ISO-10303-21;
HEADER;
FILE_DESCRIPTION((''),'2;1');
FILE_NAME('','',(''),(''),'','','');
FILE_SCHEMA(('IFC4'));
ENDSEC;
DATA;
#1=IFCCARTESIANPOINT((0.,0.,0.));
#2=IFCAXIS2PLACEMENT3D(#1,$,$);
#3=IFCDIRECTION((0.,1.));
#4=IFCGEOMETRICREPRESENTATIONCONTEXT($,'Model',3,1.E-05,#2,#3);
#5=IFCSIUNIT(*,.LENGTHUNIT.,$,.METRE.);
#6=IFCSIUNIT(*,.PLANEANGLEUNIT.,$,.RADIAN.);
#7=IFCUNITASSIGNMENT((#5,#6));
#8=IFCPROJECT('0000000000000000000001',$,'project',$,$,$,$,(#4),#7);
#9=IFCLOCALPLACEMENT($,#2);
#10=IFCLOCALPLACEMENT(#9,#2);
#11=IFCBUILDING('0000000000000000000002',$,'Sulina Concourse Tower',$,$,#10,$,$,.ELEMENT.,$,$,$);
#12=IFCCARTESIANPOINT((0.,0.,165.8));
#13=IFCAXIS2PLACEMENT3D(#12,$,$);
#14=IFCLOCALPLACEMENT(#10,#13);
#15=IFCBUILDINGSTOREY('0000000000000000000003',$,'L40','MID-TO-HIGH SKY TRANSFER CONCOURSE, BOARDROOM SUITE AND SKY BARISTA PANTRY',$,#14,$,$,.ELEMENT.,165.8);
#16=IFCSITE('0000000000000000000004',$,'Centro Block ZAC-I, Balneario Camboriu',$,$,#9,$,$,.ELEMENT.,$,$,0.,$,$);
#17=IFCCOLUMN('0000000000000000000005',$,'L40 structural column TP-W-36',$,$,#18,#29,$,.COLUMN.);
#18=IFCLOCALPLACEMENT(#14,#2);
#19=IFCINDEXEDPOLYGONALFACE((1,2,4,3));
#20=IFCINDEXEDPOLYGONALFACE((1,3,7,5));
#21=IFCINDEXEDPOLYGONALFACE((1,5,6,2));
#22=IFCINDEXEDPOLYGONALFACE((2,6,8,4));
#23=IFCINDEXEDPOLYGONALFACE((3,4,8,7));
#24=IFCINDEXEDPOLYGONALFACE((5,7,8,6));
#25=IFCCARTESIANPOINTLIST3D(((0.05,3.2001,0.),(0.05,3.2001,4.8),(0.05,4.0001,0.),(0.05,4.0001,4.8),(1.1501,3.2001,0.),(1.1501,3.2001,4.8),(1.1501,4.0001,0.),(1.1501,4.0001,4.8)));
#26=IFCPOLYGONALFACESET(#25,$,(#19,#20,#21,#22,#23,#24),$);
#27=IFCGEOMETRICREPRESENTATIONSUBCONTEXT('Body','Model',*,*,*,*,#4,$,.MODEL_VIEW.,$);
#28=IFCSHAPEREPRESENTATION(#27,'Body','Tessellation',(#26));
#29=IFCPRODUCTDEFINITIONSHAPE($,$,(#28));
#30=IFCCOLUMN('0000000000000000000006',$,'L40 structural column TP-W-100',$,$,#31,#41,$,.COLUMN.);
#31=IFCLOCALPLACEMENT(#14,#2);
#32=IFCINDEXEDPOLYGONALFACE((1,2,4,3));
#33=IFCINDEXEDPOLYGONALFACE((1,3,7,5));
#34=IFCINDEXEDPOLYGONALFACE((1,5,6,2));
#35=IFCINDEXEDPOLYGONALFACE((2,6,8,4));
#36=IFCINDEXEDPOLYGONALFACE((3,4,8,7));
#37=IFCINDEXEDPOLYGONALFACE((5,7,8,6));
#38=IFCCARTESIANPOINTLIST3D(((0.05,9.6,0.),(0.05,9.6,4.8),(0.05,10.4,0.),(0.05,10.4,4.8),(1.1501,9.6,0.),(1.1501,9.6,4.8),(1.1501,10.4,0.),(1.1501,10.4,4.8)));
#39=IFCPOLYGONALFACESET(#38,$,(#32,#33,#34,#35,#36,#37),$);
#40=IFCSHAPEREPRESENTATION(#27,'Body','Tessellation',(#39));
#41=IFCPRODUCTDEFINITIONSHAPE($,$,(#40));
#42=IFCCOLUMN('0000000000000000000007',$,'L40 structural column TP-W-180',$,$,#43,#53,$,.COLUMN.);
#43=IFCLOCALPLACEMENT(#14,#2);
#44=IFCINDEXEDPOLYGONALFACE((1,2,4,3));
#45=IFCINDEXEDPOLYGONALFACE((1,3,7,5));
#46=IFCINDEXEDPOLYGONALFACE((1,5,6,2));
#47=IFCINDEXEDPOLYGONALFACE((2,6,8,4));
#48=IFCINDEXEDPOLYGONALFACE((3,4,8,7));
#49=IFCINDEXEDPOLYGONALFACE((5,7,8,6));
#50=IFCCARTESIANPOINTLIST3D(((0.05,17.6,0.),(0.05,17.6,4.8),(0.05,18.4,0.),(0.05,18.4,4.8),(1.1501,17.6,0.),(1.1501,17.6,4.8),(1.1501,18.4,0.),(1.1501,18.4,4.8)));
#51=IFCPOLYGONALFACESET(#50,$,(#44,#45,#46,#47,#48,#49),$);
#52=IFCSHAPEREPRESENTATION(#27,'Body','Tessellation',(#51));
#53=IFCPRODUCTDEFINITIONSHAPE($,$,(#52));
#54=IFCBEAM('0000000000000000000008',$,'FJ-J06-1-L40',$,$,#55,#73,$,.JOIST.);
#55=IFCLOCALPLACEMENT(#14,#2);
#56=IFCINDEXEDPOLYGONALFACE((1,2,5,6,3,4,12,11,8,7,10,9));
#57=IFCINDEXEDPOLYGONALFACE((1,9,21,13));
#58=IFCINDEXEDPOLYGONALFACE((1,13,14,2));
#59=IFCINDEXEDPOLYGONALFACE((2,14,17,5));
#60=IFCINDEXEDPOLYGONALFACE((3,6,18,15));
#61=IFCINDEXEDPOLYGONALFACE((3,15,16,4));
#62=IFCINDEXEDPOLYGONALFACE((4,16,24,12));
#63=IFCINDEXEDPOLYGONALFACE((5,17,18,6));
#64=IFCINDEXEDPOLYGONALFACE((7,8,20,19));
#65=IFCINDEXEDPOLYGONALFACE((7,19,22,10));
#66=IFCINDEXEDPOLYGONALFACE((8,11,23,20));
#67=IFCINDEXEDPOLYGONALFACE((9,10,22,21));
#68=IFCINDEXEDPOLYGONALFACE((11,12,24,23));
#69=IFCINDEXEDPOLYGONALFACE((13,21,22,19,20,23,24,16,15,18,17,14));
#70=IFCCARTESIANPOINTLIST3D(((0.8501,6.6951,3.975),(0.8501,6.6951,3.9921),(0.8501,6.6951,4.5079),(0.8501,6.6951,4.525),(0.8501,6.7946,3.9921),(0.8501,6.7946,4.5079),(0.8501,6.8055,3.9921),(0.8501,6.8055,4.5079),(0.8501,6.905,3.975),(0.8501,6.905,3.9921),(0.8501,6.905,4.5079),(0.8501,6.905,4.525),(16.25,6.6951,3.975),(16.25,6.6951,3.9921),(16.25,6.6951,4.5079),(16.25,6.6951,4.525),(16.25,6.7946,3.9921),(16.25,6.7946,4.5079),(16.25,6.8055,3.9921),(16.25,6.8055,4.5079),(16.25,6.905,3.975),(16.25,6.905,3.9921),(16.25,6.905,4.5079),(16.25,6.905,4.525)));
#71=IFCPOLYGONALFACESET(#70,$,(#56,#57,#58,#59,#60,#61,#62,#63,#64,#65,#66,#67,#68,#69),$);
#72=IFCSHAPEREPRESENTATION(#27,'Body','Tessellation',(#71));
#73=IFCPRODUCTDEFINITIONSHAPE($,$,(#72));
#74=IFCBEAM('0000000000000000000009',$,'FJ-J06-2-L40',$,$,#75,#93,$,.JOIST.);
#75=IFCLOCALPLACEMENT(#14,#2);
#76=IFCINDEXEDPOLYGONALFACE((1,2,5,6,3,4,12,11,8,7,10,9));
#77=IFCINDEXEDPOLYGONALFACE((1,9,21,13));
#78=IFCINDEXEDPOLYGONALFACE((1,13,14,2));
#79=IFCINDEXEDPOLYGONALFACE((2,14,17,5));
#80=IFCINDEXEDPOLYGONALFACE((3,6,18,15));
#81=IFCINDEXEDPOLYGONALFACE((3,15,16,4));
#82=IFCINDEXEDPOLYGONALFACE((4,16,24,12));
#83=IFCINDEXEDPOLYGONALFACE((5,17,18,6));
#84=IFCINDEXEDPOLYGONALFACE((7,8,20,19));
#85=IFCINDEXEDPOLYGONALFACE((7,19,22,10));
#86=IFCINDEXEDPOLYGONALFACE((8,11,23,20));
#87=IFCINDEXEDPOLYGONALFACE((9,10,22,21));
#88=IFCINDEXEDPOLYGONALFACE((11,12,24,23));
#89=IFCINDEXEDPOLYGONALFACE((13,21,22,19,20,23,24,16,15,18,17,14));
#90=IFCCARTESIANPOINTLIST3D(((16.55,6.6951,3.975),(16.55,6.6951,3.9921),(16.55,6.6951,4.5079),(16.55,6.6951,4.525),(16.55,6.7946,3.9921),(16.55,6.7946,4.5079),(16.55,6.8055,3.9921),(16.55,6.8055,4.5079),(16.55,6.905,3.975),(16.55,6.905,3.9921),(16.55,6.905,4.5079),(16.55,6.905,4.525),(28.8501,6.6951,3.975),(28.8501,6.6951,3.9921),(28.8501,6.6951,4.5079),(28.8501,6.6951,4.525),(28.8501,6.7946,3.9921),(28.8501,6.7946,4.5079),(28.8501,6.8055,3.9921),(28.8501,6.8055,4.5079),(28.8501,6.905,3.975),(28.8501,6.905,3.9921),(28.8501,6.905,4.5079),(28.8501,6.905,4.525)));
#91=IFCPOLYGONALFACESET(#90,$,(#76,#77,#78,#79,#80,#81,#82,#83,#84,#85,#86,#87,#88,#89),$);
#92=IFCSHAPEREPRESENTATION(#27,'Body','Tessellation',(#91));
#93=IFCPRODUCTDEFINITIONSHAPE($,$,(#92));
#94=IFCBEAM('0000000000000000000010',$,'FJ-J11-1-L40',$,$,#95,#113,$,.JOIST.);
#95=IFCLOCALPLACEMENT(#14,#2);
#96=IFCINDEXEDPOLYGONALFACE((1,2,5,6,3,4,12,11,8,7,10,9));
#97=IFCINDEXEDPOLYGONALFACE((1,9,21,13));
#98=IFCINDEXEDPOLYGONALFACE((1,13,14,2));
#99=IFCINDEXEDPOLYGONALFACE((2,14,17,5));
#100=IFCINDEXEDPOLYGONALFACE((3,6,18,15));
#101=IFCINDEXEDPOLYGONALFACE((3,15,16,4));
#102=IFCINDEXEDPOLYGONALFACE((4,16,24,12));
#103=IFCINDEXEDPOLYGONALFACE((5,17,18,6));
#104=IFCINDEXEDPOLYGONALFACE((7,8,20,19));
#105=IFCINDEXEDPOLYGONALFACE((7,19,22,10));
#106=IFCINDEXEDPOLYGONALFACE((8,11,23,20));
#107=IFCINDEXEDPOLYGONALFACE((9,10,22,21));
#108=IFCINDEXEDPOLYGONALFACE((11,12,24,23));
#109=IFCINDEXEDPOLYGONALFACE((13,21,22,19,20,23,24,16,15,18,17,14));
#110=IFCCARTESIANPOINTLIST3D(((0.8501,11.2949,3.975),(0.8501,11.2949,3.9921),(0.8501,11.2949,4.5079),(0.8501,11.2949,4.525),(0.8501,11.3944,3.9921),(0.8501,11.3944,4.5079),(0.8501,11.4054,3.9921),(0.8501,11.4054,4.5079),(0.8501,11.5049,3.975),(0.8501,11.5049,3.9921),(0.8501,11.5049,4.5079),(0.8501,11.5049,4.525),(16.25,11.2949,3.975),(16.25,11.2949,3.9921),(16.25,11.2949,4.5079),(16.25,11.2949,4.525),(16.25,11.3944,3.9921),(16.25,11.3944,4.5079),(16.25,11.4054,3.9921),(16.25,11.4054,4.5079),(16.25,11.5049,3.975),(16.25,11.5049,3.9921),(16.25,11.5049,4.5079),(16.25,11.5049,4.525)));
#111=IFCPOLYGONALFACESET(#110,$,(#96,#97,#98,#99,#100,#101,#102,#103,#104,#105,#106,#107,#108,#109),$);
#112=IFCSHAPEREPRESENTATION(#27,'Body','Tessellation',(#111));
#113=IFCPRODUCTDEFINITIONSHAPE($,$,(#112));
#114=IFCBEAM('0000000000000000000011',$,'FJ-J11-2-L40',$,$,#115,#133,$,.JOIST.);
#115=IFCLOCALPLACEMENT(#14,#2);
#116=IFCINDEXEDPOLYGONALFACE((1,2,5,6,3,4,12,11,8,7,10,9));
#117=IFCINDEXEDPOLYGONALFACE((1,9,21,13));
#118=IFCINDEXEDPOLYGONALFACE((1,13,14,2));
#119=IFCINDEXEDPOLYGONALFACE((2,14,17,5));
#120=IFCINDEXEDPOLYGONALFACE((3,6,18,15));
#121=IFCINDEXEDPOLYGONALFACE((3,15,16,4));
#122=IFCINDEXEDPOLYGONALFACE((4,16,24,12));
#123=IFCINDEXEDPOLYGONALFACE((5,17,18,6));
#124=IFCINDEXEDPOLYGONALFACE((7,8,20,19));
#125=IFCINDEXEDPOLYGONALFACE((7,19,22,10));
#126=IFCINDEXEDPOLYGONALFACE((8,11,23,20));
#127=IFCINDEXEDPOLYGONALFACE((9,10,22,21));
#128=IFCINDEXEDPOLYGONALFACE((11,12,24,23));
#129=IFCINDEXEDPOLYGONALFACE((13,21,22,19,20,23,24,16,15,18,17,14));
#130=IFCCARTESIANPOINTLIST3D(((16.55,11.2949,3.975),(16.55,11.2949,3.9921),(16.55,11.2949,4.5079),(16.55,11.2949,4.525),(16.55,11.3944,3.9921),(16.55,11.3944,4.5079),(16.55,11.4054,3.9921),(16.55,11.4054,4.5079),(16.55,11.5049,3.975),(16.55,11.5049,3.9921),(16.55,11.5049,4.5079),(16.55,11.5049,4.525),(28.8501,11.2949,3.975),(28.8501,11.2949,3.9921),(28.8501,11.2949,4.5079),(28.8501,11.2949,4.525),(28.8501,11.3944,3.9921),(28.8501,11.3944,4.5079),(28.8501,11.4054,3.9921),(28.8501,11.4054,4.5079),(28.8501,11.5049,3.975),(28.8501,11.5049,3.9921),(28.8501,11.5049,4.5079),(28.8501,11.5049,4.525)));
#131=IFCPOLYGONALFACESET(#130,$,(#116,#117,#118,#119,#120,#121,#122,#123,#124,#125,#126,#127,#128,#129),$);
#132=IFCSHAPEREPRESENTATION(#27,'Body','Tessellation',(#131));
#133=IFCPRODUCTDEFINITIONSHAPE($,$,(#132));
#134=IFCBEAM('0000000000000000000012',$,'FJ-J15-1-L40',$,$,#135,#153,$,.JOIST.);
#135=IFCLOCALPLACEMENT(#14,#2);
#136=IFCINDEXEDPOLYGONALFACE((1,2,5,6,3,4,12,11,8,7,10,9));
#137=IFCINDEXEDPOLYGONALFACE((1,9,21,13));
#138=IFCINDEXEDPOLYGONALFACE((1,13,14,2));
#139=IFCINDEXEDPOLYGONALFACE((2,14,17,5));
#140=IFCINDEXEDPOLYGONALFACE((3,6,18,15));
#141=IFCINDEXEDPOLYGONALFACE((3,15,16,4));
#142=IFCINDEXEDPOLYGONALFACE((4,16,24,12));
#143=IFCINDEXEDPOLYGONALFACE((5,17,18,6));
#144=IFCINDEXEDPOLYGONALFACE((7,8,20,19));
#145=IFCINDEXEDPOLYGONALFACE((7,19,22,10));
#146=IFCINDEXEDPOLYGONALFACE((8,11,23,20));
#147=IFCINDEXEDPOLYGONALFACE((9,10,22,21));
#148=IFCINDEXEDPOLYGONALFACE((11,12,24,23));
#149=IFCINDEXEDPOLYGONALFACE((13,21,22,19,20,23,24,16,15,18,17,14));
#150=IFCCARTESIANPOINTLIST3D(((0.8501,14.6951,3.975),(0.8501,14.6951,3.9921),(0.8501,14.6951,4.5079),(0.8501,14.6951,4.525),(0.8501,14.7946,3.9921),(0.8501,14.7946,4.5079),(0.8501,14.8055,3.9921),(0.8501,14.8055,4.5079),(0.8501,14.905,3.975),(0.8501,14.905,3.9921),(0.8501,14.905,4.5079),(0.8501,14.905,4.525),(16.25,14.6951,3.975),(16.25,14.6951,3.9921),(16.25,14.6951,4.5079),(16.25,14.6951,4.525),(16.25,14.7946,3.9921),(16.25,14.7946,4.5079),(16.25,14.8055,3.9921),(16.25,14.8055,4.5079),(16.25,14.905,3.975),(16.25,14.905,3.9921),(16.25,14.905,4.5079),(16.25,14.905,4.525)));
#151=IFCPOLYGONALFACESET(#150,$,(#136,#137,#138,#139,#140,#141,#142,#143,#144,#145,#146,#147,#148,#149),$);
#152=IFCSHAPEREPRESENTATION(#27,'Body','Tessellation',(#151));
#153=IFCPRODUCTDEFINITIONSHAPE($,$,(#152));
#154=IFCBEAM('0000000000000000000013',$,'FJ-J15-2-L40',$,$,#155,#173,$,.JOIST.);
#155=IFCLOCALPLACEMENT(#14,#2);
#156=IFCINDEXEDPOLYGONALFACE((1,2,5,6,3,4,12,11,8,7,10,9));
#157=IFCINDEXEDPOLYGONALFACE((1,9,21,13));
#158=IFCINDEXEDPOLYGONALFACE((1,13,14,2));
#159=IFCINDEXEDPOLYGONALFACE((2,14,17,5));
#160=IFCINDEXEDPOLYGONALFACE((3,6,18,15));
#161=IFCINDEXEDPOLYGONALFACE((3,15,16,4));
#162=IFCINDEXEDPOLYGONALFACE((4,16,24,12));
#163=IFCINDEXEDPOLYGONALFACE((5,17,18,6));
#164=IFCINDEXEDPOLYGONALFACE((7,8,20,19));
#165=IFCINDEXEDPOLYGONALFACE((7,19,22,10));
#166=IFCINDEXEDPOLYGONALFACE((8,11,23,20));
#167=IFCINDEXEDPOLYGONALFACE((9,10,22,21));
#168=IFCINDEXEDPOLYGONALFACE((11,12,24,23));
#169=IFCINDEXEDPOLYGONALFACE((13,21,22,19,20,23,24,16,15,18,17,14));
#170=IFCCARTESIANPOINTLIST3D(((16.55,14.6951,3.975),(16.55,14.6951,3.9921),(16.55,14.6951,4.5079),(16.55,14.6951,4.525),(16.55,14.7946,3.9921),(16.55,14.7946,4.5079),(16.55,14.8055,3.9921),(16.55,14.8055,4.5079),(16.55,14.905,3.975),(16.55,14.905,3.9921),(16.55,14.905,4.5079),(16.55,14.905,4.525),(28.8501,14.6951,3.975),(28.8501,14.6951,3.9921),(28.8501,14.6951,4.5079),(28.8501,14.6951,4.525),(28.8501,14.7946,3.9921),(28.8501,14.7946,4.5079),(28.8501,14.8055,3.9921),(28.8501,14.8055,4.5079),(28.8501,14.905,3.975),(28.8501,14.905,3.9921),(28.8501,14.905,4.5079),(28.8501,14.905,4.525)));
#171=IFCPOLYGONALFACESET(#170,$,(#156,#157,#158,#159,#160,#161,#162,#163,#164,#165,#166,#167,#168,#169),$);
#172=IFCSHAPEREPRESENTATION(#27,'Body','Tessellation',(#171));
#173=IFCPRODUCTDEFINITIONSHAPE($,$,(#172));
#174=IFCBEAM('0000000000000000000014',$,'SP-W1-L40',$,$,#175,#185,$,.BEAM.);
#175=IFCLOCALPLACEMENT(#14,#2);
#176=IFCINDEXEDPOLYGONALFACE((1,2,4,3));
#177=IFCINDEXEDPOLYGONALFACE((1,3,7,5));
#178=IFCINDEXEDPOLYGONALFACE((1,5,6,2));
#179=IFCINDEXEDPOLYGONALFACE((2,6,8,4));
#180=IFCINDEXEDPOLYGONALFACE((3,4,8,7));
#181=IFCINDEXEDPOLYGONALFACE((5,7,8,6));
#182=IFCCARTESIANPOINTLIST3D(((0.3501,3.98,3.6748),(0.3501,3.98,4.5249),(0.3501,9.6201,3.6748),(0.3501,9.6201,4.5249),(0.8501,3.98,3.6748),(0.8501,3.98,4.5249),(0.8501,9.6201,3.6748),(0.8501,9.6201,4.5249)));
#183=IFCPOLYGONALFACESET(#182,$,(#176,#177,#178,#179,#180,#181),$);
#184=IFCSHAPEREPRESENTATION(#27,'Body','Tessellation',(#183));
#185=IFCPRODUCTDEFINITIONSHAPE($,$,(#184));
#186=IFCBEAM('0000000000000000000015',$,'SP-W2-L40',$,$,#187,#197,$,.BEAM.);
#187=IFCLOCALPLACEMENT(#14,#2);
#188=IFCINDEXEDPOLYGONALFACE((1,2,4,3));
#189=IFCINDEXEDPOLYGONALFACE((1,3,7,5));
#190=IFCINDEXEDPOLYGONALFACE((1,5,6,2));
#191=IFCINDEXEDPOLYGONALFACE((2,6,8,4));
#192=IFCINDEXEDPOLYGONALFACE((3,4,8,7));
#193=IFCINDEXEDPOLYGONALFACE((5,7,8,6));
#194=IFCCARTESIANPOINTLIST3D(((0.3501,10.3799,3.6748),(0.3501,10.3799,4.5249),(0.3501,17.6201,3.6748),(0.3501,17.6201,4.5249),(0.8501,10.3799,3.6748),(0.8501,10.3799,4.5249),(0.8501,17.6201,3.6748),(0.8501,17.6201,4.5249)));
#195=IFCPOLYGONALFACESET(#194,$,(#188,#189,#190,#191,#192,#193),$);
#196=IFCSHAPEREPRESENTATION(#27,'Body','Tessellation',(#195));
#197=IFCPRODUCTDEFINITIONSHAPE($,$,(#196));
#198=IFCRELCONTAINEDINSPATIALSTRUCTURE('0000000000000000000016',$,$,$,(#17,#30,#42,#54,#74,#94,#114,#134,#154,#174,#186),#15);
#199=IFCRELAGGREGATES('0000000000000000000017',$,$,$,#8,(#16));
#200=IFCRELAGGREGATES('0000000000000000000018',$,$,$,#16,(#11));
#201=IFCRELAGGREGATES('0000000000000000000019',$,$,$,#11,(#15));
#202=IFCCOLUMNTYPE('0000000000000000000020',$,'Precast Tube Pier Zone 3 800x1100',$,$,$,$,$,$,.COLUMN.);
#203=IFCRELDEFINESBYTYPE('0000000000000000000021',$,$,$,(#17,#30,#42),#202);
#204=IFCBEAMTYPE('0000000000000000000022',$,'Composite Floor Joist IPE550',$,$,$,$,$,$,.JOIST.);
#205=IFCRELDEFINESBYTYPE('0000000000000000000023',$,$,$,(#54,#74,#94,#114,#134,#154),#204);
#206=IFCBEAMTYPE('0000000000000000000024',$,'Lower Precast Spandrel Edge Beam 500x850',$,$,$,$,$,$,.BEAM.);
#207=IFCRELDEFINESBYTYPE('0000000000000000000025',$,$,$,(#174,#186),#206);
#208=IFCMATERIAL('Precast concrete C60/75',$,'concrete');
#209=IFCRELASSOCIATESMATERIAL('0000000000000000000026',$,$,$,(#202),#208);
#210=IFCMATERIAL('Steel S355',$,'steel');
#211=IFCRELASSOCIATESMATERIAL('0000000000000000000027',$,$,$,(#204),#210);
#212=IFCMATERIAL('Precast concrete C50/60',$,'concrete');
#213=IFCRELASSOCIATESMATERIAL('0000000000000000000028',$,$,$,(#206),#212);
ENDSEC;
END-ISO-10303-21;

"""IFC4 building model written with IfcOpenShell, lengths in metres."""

from ifc_helpers import new_model, si_unit, direction, frame, origin, origin_2d, place, context, subcontext, project, spatial, rectangle, i_section, extrude, material, material_profile, profile_set, type_object, element, save


model = new_model("IFC4")

# Units and contexts
model_context = context("Model", 3, precision=1e-05, world=origin(), true_north=direction((0.0, 1.0)))
body_context = subcontext(model_context, "Body", "Model", "MODEL_VIEW")
ifc_project = project(units=[si_unit("LENGTHUNIT", "METRE"), si_unit("PLANEANGLEUNIT", "RADIAN")], contexts=[model_context])

# Site, building, storey
site_placement = place(None, origin())
site = spatial("IfcSite", under=ifc_project, at=site_placement, Name="Centro Block ZAC-I, Balneario Camboriu", CompositionType="ELEMENT", RefElevation=0.0)
building_placement = place(site_placement, origin())
building = spatial("IfcBuilding", under=site, at=building_placement, Name="Sulina Concourse Tower", CompositionType="ELEMENT")
storey_placement = place(building_placement, frame((0.0, 0.0, 165.8)))
storey = spatial("IfcBuildingStorey", under=building, at=storey_placement, Name="L40", Description="MID-TO-HIGH SKY TRANSFER CONCOURSE, BOARDROOM SUITE AND SKY BARISTA PANTRY", CompositionType="ELEMENT", Elevation=165.8)

# Columns
ifc_material_1 = material(Name="Precast concrete C60/75", Category="concrete")
ifc_material_profile_1 = material_profile(ifc_material_1, rectangle(XDim=0.8, YDim=1.1001, at=origin_2d()), Name="PC 800x1100")
ifc_profile_set_1 = profile_set([ifc_material_profile_1], Name="Precast concrete C60/75")
column_type = type_object("IfcColumnType", Name="Precast Tube Pier Zone 3 800x1100", PredefinedType="COLUMN", material=ifc_profile_set_1)
for number, where, z_axis, x_axis, name in (
    (1, (0.6001, 3.6001, 0.0), (0.0, 0.0, 1.0), (0.0, 1.0, 0.0), "L40 structural column TP-W-36"),
    (2, (0.6001, 10.0, 0.0), (0.0, 0.0, 1.0), (0.0, 1.0, 0.0), "L40 structural column TP-W-100"),
    (3, (0.6001, 18.0, 0.0), (0.0, 0.0, 1.0), (0.0, 1.0, 0.0), "L40 structural column TP-W-180"),
):
    element("IfcColumn", number, at=place(storey_placement, frame(where, z_axis=z_axis, x_axis=x_axis)), inside=storey, type_object=column_type, Name=name, PredefinedType="COLUMN", context=body_context, shape_type="SweptSolid", body=[
        extrude(rectangle(XDim=0.8, YDim=1.1001, at=origin_2d()), origin(), (0.0, 0.0, 1.0), 4.8),
    ])

# Beams
ifc_material_2 = material(Name="Steel S355", Category="steel")
ifc_material_profile_2 = material_profile(ifc_material_2, i_section(OverallWidth=0.21, OverallDepth=0.55, WebThickness=0.011, FlangeThickness=0.0171, at=origin_2d()), Name="IPE 550")
ifc_profile_set_2 = profile_set([ifc_material_profile_2], Name="Steel S355")
beam_type_1 = type_object("IfcBeamType", Name="Composite Floor Joist IPE550", PredefinedType="JOIST", material=ifc_profile_set_2)
beam_1_placement = place(storey_placement, frame((0.8501, 6.8, 4.25), z_axis=(1.0, 0.0, 0.0), x_axis=(0.0, 1.0, 0.0)))
element("IfcBeam", 4, at=beam_1_placement, inside=storey, type_object=beam_type_1, Name="FJ-J06-1-L40", PredefinedType="JOIST", context=body_context, shape_type="SweptSolid", body=[
    extrude(i_section(OverallWidth=0.21, OverallDepth=0.55, WebThickness=0.011, FlangeThickness=0.0171, at=origin_2d()), origin(), (0.0, 0.0, 1.0), 15.3999),
])
beam_2_placement = place(storey_placement, frame((16.55, 6.8, 4.25), z_axis=(1.0, 0.0, 0.0), x_axis=(0.0, 1.0, 0.0)))
element("IfcBeam", 5, at=beam_2_placement, inside=storey, type_object=beam_type_1, Name="FJ-J06-2-L40", PredefinedType="JOIST", context=body_context, shape_type="SweptSolid", body=[
    extrude(i_section(OverallWidth=0.21, OverallDepth=0.55, WebThickness=0.011, FlangeThickness=0.0171, at=origin_2d()), origin(), (0.0, 0.0, 1.0), 12.3),
])
beam_3_placement = place(storey_placement, frame((0.8501, 11.3999, 4.25), z_axis=(1.0, 0.0, 0.0), x_axis=(0.0, 1.0, 0.0)))
element("IfcBeam", 6, at=beam_3_placement, inside=storey, type_object=beam_type_1, Name="FJ-J11-1-L40", PredefinedType="JOIST", context=body_context, shape_type="SweptSolid", body=[
    extrude(i_section(OverallWidth=0.21, OverallDepth=0.55, WebThickness=0.011, FlangeThickness=0.0171, at=origin_2d()), origin(), (0.0, 0.0, 1.0), 15.3999),
])
beam_4_placement = place(storey_placement, frame((16.55, 11.3999, 4.25), z_axis=(1.0, 0.0, 0.0), x_axis=(0.0, 1.0, 0.0)))
element("IfcBeam", 7, at=beam_4_placement, inside=storey, type_object=beam_type_1, Name="FJ-J11-2-L40", PredefinedType="JOIST", context=body_context, shape_type="SweptSolid", body=[
    extrude(i_section(OverallWidth=0.21, OverallDepth=0.55, WebThickness=0.011, FlangeThickness=0.0171, at=origin_2d()), origin(), (0.0, 0.0, 1.0), 12.3),
])
beam_5_placement = place(storey_placement, frame((0.8501, 14.8, 4.25), z_axis=(1.0, 0.0, 0.0), x_axis=(0.0, 1.0, 0.0)))
element("IfcBeam", 8, at=beam_5_placement, inside=storey, type_object=beam_type_1, Name="FJ-J15-1-L40", PredefinedType="JOIST", context=body_context, shape_type="SweptSolid", body=[
    extrude(i_section(OverallWidth=0.21, OverallDepth=0.55, WebThickness=0.011, FlangeThickness=0.0171, at=origin_2d()), origin(), (0.0, 0.0, 1.0), 15.3999),
])
beam_6_placement = place(storey_placement, frame((16.55, 14.8, 4.25), z_axis=(1.0, 0.0, 0.0), x_axis=(0.0, 1.0, 0.0)))
element("IfcBeam", 9, at=beam_6_placement, inside=storey, type_object=beam_type_1, Name="FJ-J15-2-L40", PredefinedType="JOIST", context=body_context, shape_type="SweptSolid", body=[
    extrude(i_section(OverallWidth=0.21, OverallDepth=0.55, WebThickness=0.011, FlangeThickness=0.0171, at=origin_2d()), origin(), (0.0, 0.0, 1.0), 12.3),
])
ifc_material_3 = material(Name="Precast concrete C50/60", Category="concrete")
ifc_material_profile_3 = material_profile(ifc_material_3, rectangle(XDim=0.5, YDim=0.8501, at=origin_2d()), Name="RC 500x850")
ifc_profile_set_3 = profile_set([ifc_material_profile_3], Name="Precast concrete C50/60")
beam_type_2 = type_object("IfcBeamType", Name="Lower Precast Spandrel Edge Beam 500x850", PredefinedType="BEAM", material=ifc_profile_set_3)
beam_7_placement = place(storey_placement, frame((0.6001, 3.98, 4.0999), z_axis=(0.0, 1.0, 0.0), x_axis=(-1.0, 0.0, 0.0)))
element("IfcBeam", 10, at=beam_7_placement, inside=storey, type_object=beam_type_2, Name="SP-W1-L40", PredefinedType="BEAM", context=body_context, shape_type="SweptSolid", body=[
    extrude(rectangle(XDim=0.5, YDim=0.8501, at=origin_2d()), origin(), (0.0, 0.0, 1.0), 5.6401),
])
beam_8_placement = place(storey_placement, frame((0.6001, 10.3799, 4.0999), z_axis=(0.0, 1.0, 0.0), x_axis=(-1.0, 0.0, 0.0)))
element("IfcBeam", 11, at=beam_8_placement, inside=storey, type_object=beam_type_2, Name="SP-W2-L40", PredefinedType="BEAM", context=body_context, shape_type="SweptSolid", body=[
    extrude(rectangle(XDim=0.5, YDim=0.8501, at=origin_2d()), origin(), (0.0, 0.0, 1.0), 7.2402),
])

save(model, "model.ifc")
